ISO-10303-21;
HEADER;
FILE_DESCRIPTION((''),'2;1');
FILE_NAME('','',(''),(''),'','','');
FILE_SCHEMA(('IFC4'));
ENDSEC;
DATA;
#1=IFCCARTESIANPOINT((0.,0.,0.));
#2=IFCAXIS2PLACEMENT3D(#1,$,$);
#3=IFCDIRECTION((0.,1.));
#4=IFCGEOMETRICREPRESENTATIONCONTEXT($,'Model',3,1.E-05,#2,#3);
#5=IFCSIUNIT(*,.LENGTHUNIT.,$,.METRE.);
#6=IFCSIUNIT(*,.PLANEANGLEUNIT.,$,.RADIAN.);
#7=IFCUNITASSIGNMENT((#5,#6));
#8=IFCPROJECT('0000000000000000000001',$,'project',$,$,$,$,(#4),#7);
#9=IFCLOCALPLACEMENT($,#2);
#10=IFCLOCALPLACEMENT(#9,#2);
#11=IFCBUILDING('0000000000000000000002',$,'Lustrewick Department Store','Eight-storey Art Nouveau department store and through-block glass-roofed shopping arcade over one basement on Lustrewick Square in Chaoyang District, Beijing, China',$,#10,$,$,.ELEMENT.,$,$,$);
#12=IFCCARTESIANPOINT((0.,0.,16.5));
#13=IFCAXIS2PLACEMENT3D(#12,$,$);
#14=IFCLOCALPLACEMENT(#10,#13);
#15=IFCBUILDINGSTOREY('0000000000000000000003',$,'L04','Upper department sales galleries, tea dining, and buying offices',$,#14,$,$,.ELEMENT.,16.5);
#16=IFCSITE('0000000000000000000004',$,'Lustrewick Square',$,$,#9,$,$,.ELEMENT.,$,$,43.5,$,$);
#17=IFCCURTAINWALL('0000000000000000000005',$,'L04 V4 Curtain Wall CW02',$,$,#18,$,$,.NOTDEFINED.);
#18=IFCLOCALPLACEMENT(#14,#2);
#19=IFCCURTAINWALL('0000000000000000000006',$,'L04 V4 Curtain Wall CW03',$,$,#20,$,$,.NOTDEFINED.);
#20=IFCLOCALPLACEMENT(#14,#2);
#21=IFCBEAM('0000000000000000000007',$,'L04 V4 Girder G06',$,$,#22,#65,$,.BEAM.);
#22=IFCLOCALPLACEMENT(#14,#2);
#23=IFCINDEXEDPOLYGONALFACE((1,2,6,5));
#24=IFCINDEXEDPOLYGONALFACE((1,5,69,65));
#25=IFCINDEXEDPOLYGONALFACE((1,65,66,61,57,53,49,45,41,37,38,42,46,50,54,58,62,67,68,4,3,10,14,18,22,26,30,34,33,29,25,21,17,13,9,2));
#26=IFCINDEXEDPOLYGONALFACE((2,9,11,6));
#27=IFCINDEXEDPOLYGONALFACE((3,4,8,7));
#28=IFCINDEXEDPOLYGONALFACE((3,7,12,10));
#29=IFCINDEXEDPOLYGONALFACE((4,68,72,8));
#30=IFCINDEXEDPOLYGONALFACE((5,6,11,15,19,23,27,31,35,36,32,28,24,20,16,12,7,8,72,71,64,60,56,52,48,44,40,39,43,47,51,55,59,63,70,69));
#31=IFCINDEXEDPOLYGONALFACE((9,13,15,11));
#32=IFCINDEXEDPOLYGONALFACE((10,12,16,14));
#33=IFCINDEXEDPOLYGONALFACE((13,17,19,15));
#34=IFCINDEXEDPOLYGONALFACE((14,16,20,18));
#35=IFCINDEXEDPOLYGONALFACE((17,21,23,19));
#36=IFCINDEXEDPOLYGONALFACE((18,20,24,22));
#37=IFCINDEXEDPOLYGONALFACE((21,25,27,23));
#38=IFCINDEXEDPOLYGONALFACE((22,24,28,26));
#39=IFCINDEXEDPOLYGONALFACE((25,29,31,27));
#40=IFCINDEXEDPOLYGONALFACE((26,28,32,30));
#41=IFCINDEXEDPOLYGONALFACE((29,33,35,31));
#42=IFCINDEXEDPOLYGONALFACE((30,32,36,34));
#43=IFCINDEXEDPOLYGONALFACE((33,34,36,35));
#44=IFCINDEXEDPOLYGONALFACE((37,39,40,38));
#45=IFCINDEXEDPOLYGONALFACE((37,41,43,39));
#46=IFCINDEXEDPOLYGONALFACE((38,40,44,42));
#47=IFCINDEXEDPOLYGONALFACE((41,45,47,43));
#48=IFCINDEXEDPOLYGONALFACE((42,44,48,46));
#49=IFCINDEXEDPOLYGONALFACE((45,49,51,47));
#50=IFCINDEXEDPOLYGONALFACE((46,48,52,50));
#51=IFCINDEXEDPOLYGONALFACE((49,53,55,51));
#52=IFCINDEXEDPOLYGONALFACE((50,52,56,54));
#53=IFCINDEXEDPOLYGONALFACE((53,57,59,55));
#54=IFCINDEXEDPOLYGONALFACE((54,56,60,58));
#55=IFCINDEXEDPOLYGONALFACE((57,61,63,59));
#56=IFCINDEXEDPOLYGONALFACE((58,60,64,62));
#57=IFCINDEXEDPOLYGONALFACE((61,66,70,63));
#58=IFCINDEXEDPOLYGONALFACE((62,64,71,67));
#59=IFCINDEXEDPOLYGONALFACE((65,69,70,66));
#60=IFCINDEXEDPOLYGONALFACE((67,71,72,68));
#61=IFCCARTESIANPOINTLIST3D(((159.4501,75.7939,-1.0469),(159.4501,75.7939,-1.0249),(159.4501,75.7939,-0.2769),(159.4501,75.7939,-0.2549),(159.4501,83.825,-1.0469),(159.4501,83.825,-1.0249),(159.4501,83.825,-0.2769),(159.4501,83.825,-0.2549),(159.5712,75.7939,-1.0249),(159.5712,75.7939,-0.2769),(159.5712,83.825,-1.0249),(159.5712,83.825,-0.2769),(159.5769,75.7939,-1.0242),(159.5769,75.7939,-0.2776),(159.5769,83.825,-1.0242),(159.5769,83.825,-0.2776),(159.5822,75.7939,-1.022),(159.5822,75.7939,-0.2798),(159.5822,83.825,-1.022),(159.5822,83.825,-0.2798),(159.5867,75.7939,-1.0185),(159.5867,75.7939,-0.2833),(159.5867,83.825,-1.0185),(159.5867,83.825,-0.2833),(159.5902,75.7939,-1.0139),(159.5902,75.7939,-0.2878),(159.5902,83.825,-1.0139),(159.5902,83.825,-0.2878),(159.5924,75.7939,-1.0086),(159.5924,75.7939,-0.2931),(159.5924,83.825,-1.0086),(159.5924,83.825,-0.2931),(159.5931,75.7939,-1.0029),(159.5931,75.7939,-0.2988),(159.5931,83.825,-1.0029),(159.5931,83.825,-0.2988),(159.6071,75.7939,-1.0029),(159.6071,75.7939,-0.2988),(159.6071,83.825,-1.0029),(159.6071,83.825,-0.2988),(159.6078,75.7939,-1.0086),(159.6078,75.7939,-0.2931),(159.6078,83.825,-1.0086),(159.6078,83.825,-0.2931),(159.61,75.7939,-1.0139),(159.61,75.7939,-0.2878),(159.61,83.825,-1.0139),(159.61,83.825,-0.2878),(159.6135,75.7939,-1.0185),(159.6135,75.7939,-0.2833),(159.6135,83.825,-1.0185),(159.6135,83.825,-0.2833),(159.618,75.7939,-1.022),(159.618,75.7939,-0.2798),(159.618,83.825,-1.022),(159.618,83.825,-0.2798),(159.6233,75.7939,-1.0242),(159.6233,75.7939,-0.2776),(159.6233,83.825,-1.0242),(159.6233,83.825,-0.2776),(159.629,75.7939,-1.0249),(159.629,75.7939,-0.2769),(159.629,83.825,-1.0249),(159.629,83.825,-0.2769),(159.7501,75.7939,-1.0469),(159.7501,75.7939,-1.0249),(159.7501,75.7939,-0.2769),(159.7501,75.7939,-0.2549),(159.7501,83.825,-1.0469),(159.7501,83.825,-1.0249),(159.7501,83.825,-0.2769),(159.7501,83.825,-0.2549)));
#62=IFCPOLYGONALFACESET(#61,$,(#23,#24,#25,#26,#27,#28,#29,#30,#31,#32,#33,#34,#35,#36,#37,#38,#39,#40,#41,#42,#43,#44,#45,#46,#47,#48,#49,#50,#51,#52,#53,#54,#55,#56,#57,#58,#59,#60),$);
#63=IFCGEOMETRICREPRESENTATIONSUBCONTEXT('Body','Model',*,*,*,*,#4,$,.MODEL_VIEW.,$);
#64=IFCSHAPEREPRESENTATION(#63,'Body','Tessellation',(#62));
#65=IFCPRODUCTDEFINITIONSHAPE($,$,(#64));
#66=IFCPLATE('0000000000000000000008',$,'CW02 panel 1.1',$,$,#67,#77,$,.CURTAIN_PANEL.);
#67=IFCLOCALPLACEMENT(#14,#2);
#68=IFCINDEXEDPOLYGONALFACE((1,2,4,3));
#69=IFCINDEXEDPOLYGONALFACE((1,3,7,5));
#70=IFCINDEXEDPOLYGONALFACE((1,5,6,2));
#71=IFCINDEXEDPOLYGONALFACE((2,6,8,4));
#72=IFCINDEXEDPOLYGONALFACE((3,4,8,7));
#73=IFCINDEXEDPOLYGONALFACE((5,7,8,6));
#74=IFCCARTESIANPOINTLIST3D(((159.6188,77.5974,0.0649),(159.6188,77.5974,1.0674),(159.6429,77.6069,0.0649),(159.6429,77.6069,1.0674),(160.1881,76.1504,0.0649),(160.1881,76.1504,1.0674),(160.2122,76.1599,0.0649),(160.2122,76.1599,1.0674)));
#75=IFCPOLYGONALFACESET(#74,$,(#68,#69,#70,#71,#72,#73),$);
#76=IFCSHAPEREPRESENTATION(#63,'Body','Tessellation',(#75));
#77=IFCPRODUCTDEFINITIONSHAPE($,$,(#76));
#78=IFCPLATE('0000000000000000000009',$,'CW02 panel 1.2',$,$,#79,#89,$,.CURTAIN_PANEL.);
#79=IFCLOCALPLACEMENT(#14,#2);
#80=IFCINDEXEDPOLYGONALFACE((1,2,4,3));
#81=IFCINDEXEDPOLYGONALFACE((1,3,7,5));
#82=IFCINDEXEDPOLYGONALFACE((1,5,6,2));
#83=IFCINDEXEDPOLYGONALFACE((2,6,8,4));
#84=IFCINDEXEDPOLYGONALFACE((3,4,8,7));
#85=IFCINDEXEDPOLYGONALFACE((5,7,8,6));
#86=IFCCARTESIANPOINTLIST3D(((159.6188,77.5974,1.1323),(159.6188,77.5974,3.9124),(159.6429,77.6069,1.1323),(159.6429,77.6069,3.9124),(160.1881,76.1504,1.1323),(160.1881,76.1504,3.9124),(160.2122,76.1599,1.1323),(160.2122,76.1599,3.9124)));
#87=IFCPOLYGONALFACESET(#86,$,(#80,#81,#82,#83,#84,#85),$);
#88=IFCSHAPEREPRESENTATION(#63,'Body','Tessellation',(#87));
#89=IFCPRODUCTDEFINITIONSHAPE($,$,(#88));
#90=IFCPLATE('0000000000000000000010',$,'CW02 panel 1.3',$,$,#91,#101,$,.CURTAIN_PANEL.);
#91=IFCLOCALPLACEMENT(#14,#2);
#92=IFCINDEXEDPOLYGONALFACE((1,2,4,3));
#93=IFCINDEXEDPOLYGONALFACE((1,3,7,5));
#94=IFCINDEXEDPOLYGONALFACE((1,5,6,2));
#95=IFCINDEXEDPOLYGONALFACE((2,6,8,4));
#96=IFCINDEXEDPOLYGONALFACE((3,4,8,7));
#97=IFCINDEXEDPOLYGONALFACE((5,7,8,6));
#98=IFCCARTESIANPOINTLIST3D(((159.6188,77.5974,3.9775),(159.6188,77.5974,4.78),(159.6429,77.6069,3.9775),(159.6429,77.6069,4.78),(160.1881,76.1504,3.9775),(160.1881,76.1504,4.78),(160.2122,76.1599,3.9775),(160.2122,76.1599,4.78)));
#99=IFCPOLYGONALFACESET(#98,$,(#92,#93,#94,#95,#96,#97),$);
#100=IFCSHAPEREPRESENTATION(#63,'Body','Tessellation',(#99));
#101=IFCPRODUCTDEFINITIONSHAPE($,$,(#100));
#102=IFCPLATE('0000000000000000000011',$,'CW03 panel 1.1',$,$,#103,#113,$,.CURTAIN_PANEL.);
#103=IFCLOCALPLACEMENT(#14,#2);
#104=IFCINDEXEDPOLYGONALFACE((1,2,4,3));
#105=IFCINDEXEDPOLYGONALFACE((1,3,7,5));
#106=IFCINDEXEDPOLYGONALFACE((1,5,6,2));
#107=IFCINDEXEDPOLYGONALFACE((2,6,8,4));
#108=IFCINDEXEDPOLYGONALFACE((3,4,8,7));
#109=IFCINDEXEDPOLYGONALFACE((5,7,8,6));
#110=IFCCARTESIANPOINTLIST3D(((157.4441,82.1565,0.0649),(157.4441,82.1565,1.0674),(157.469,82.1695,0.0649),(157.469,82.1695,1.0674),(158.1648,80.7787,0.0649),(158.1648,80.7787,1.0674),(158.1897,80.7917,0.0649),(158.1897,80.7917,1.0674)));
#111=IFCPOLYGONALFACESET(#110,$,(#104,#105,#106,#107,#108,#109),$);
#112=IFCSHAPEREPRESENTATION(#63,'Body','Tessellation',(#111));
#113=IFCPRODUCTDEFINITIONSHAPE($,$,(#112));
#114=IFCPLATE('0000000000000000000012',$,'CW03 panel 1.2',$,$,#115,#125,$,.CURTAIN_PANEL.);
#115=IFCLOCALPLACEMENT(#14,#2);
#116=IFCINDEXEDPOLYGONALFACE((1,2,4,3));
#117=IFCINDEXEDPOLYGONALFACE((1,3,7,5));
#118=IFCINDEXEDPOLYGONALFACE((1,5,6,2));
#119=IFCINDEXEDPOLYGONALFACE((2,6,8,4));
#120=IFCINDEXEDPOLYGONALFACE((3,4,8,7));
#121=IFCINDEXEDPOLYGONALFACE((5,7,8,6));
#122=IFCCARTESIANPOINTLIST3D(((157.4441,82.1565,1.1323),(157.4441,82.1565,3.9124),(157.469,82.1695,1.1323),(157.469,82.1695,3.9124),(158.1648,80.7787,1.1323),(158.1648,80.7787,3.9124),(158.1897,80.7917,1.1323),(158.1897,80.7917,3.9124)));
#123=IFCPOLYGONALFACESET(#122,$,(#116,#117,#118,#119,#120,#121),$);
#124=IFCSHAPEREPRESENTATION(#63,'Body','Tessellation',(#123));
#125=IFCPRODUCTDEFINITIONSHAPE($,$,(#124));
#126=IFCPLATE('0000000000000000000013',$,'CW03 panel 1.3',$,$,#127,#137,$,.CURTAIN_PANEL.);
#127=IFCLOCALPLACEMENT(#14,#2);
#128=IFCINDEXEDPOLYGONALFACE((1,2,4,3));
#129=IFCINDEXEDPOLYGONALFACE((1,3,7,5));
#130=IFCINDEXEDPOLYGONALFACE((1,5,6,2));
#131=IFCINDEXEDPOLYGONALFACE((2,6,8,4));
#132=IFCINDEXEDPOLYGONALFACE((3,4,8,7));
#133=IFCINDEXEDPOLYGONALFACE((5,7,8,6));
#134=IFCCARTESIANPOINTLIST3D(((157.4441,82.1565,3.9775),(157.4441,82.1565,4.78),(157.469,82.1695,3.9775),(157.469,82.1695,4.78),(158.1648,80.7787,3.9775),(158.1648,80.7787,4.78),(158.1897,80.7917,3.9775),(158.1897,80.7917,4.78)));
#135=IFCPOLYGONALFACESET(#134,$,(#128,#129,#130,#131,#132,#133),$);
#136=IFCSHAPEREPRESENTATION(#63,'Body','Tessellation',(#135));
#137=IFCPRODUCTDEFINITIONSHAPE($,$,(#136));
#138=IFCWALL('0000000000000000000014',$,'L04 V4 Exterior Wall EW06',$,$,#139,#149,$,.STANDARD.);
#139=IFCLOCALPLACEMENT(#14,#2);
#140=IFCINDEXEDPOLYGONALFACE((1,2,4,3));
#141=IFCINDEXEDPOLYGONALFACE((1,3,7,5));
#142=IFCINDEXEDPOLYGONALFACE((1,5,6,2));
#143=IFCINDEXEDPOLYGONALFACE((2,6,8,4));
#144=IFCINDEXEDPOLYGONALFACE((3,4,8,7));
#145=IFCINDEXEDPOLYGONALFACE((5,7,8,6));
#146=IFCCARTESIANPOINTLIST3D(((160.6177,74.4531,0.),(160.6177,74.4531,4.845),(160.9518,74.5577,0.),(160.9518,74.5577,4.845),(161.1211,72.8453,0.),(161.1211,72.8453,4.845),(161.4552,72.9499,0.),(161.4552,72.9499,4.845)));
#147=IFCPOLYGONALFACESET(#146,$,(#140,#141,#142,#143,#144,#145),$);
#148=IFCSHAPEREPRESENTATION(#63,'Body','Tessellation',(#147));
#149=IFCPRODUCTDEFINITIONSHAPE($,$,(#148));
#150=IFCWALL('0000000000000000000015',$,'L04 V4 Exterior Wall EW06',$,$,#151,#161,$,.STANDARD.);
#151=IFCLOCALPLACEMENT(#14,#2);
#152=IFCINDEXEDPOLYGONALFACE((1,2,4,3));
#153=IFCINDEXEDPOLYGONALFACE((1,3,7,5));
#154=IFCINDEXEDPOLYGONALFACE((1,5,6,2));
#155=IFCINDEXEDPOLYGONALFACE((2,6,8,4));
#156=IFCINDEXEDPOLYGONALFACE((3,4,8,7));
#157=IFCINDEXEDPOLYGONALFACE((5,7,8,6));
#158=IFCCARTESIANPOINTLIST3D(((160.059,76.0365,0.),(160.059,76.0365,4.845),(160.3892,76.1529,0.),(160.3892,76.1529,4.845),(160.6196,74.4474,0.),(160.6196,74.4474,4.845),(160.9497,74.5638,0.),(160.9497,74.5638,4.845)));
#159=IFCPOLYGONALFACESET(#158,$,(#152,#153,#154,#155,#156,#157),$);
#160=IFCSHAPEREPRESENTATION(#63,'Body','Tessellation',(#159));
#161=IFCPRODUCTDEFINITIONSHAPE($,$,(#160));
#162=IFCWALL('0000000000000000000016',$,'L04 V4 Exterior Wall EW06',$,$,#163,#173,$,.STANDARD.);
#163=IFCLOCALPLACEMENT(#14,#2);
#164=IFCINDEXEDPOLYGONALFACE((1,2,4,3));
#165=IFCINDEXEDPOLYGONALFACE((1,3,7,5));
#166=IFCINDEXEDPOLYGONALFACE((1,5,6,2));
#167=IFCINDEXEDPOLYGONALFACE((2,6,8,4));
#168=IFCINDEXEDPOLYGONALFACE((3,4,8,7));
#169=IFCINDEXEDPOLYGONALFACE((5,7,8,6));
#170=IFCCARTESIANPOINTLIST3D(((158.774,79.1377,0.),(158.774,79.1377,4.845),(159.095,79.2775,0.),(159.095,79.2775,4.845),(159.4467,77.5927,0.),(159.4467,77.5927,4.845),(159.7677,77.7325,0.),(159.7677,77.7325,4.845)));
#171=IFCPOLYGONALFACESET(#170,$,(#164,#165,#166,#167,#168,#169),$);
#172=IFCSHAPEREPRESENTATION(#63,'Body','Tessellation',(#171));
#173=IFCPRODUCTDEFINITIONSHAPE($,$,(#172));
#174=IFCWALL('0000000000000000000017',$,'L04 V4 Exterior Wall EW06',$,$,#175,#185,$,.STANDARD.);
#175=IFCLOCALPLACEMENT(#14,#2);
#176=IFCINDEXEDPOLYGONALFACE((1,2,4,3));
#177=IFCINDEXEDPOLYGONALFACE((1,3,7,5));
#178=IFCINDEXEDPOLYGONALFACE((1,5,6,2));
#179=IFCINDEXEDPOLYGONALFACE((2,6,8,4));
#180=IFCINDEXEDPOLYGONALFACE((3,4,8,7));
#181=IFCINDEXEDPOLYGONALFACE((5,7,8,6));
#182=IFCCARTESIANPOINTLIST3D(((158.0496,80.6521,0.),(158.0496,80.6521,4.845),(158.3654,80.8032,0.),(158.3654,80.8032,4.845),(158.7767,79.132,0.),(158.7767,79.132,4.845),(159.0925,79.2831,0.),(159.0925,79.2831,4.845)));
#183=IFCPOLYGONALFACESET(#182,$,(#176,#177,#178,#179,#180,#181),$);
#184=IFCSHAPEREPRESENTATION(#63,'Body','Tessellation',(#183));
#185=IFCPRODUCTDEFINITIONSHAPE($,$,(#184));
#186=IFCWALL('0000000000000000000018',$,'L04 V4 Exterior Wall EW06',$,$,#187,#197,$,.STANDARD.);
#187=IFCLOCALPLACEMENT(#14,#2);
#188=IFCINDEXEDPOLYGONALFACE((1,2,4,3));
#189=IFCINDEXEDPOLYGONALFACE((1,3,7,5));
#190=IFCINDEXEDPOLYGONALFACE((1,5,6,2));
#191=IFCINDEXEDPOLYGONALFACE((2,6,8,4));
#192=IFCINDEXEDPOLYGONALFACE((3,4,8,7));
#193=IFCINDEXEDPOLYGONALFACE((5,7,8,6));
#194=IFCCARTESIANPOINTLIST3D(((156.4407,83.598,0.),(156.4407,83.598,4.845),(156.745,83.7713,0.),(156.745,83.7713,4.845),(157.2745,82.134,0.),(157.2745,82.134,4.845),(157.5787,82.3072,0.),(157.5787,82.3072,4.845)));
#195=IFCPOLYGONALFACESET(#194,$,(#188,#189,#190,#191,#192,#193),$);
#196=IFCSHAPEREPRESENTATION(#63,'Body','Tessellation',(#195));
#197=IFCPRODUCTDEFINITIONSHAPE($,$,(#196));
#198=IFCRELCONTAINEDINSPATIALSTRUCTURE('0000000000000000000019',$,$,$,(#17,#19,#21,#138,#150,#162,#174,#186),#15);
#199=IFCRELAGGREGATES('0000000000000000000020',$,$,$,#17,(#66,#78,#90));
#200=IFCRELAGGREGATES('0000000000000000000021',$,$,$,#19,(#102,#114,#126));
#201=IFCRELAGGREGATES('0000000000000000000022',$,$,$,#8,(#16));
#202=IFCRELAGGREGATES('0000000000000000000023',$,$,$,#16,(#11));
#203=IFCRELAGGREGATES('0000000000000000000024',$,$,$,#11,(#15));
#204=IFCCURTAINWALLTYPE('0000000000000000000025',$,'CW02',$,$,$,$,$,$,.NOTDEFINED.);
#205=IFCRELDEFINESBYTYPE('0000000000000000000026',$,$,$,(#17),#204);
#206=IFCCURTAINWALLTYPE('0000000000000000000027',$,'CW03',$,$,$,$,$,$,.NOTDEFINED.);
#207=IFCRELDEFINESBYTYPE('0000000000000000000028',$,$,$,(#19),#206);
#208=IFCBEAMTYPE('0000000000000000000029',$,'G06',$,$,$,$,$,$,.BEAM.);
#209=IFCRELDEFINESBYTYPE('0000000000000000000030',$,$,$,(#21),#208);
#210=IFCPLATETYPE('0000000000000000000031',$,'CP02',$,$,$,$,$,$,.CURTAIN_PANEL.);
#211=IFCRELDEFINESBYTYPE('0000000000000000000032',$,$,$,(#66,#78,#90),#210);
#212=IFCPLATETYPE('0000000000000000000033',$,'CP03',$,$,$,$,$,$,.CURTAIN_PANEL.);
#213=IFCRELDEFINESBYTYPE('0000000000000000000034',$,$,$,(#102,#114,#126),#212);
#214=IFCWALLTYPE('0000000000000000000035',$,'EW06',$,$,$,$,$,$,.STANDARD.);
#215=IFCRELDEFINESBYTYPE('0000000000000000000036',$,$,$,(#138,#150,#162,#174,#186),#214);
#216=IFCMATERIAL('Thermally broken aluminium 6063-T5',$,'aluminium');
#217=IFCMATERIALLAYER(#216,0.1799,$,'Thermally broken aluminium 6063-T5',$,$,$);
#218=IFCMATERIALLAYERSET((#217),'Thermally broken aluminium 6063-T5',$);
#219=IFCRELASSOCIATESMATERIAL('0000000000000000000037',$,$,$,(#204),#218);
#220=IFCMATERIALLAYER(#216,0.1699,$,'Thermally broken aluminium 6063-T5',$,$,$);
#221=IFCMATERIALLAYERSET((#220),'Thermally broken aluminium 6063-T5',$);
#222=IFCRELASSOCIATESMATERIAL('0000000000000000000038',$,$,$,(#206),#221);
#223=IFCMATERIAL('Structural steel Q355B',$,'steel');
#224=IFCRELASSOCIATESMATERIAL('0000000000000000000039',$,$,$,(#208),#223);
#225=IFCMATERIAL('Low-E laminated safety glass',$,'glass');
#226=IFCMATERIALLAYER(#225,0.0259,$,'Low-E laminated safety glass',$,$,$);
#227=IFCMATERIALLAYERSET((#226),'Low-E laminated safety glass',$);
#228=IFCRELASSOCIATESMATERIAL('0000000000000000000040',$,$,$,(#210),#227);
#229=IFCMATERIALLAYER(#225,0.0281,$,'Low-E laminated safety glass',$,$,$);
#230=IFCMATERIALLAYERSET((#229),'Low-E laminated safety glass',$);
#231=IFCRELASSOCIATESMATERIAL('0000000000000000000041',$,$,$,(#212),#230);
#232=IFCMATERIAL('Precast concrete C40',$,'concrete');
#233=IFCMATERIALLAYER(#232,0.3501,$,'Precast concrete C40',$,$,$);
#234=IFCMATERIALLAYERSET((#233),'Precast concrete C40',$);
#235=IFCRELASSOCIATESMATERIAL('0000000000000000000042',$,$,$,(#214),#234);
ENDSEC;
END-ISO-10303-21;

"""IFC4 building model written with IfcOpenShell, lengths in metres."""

from ifc_helpers import new_model, si_unit, direction, frame, frame_2d, origin, origin_2d, place, context, subcontext, project, spatial, rectangle, i_section, extrude, material, layer, layer_set, material_profile, profile_set, type_object, element, aggregate, save


model = new_model("IFC4")

# Units and contexts
model_context = context("Model", 3, precision=1e-05, world=origin(), true_north=direction((0.0, 1.0)))
body_context = subcontext(model_context, "Body", "Model", "MODEL_VIEW")
ifc_project = project(units=[si_unit("LENGTHUNIT", "METRE"), si_unit("PLANEANGLEUNIT", "RADIAN")], contexts=[model_context])

# Site, building, storey
site_placement = place(None, origin())
site = spatial("IfcSite", under=ifc_project, at=site_placement, Name="Lustrewick Square", CompositionType="ELEMENT", RefElevation=43.5)
building_placement = place(site_placement, origin())
building = spatial("IfcBuilding", under=site, at=building_placement, Name="Lustrewick Department Store", Description="Eight-storey Art Nouveau department store and through-block glass-roofed shopping arcade over one basement on Lustrewick Square in Chaoyang District, Beijing, China", CompositionType="ELEMENT")
storey_placement = place(building_placement, frame((0.0, 0.0, 16.5)))
storey = spatial("IfcBuildingStorey", under=building, at=storey_placement, Name="L04", Description="Upper department sales galleries, tea dining, and buying offices", CompositionType="ELEMENT", Elevation=16.5)

# Shared definitions
ifc_material_1 = material(Name="Structural steel Q355B", Category="steel")

# Curtain walls
ifc_material_2 = material(Name="Thermally broken aluminium 6063-T5", Category="aluminium")
ifc_layer_1 = layer(ifc_material_2, 0.1799, Name="Thermally broken aluminium 6063-T5")
ifc_layer_set_1 = layer_set([ifc_layer_1], Name="Thermally broken aluminium 6063-T5")
curtain_wall_type_1 = type_object("IfcCurtainWallType", Name="CW02", PredefinedType="NOTDEFINED", material=ifc_layer_set_1)
curtain_wall_1_placement = place(storey_placement, origin())
curtain_wall_1 = element("IfcCurtainWall", 1, at=curtain_wall_1_placement, inside=storey, type_object=curtain_wall_type_1, Name="L04 V4 Curtain Wall CW02", PredefinedType="NOTDEFINED")
ifc_layer_2 = layer(ifc_material_2, 0.1699, Name="Thermally broken aluminium 6063-T5")
ifc_layer_set_2 = layer_set([ifc_layer_2], Name="Thermally broken aluminium 6063-T5")
curtain_wall_type_2 = type_object("IfcCurtainWallType", Name="CW03", PredefinedType="NOTDEFINED", material=ifc_layer_set_2)
curtain_wall_2_placement = place(storey_placement, origin())
curtain_wall_2 = element("IfcCurtainWall", 2, at=curtain_wall_2_placement, inside=storey, type_object=curtain_wall_type_2, Name="L04 V4 Curtain Wall CW03", PredefinedType="NOTDEFINED")

# Beam
ifc_material_profile_1 = material_profile(ifc_material_1, i_section(OverallWidth=0.3, OverallDepth=0.792, WebThickness=0.0139, FlangeThickness=0.022, FilletRadius=0.022, at=origin_2d()), Name="HN 792x300x14x22")
ifc_profile_set_1 = profile_set([ifc_material_profile_1], Name="Structural steel Q355B")
beam_type_1 = type_object("IfcBeamType", Name="G06", PredefinedType="BEAM", material=ifc_profile_set_1)
beam_1_placement = place(storey_placement, frame((159.6001, 75.7939, -0.6509), z_axis=(0.0, 1.0, 0.0), x_axis=(-1.0, 0.0, 0.0)))
element("IfcBeam", 3, at=beam_1_placement, inside=storey, type_object=beam_type_1, Name="L04 V4 Girder G06", PredefinedType="BEAM", context=body_context, shape_type="SweptSolid", body=[
    extrude(i_section(OverallWidth=0.3, OverallDepth=0.792, WebThickness=0.0139, FlangeThickness=0.022, FilletRadius=0.022, at=origin_2d()), origin(), (0.0, 0.0, 1.0), 8.031),
])

# Plates
ifc_material_3 = material(Name="Low-E laminated safety glass", Category="glass")
ifc_layer_3 = layer(ifc_material_3, 0.0259, Name="Low-E laminated safety glass")
ifc_layer_set_3 = layer_set([ifc_layer_3], Name="Low-E laminated safety glass")
plate_type_1 = type_object("IfcPlateType", Name="CP02", PredefinedType="CURTAIN_PANEL", material=ifc_layer_set_3)
plate_1_placement = place(storey_placement, frame((159.9155, 76.8787, 0.0649), z_axis=(0.0, 0.0, 1.0), x_axis=(-0.366115, 0.93057, 0.0)))
plate_1 = element("IfcPlate", 4, at=plate_1_placement, type_object=plate_type_1, Name="CW02 panel 1.1", PredefinedType="CURTAIN_PANEL", context=body_context, shape_type="SweptSolid", body=[
    extrude(rectangle(XDim=1.5549, YDim=0.0259, at=origin_2d()), origin(), (0.0, 0.0, 1.0), 1.0024),
])
plate_2_placement = place(storey_placement, frame((159.9155, 76.8787, 1.1323), z_axis=(0.0, 0.0, 1.0), x_axis=(-0.366115, 0.93057, 0.0)))
plate_2 = element("IfcPlate", 5, at=plate_2_placement, type_object=plate_type_1, Name="CW02 panel 1.2", PredefinedType="CURTAIN_PANEL", context=body_context, shape_type="SweptSolid", body=[
    extrude(rectangle(XDim=1.5549, YDim=0.0259, at=origin_2d()), origin(), (0.0, 0.0, 1.0), 2.78),
])
plate_3_placement = place(storey_placement, frame((159.9155, 76.8787, 3.9775), z_axis=(0.0, 0.0, 1.0), x_axis=(-0.366115, 0.93057, 0.0)))
plate_3 = element("IfcPlate", 6, at=plate_3_placement, type_object=plate_type_1, Name="CW02 panel 1.3", PredefinedType="CURTAIN_PANEL", context=body_context, shape_type="SweptSolid", body=[
    extrude(rectangle(XDim=1.5549, YDim=0.0259, at=origin_2d()), origin(), (0.0, 0.0, 1.0), 0.8025),
])
aggregate(curtain_wall_1, [plate_1, plate_2, plate_3])
ifc_layer_4 = layer(ifc_material_3, 0.0281, Name="Low-E laminated safety glass")
ifc_layer_set_4 = layer_set([ifc_layer_4], Name="Low-E laminated safety glass")
plate_type_2 = type_object("IfcPlateType", Name="CP03", PredefinedType="CURTAIN_PANEL", material=ifc_layer_set_4)
plate_4_placement = place(storey_placement, frame((157.8169, 81.4741, 0.0649), z_axis=(0.0, 0.0, 1.0), x_axis=(-0.463495, 0.8861, 0.0)))
plate_4 = element("IfcPlate", 7, at=plate_4_placement, type_object=plate_type_2, Name="CW03 panel 1.1", PredefinedType="CURTAIN_PANEL", context=body_context, shape_type="SweptSolid", body=[
    extrude(rectangle(XDim=1.5549, YDim=0.0281, at=origin_2d()), origin(), (0.0, 0.0, 1.0), 1.0024),
])
plate_5_placement = place(storey_placement, frame((157.8169, 81.4741, 1.1323), z_axis=(0.0, 0.0, 1.0), x_axis=(-0.463495, 0.8861, 0.0)))
plate_5 = element("IfcPlate", 8, at=plate_5_placement, type_object=plate_type_2, Name="CW03 panel 1.2", PredefinedType="CURTAIN_PANEL", context=body_context, shape_type="SweptSolid", body=[
    extrude(rectangle(XDim=1.5549, YDim=0.0281, at=origin_2d()), origin(), (0.0, 0.0, 1.0), 2.78),
])
plate_6_placement = place(storey_placement, frame((157.8169, 81.4741, 3.9775), z_axis=(0.0, 0.0, 1.0), x_axis=(-0.463495, 0.8861, 0.0)))
plate_6 = element("IfcPlate", 9, at=plate_6_placement, type_object=plate_type_2, Name="CW03 panel 1.3", PredefinedType="CURTAIN_PANEL", context=body_context, shape_type="SweptSolid", body=[
    extrude(rectangle(XDim=1.5549, YDim=0.0281, at=origin_2d()), origin(), (0.0, 0.0, 1.0), 0.8025),
])
aggregate(curtain_wall_2, [plate_4, plate_5, plate_6])

# Walls
ifc_material_4 = material(Name="Precast concrete C40", Category="concrete")
ifc_layer_5 = layer(ifc_material_4, 0.3501, Name="Precast concrete C40")
ifc_layer_set_5 = layer_set([ifc_layer_5], Name="Precast concrete C40")
wall_type_1 = type_object("IfcWallType", Name="EW06", PredefinedType="STANDARD", material=ifc_layer_set_5)
wall_1_placement = place(storey_placement, frame((161.2881, 72.8977, 0.0), z_axis=(0.0, 0.0, 1.0), x_axis=(-0.298786, 0.95432, 0.0)))
element("IfcWall", 10, at=wall_1_placement, inside=storey, type_object=wall_type_1, Name="L04 V4 Exterior Wall EW06", PredefinedType="STANDARD", context=body_context, shape_type="SweptSolid", body=[
    extrude(rectangle(XDim=1.6848, YDim=0.3501, at=frame_2d((0.8423, 0.0))), origin(), (0.0, 0.0, 1.0), 4.845),
])
for number, where, z_axis, x_axis, name in (
    (11, (160.7847, 74.5056, 0.0), (0.0, 0.0, 1.0), (-0.332653, 0.943049, 0.0), "L04 V4 Exterior Wall EW06"),
    (12, (159.6072, 77.6626, 0.0), (0.0, 0.0, 1.0), (-0.399176, 0.916874, 0.0), "L04 V4 Exterior Wall EW06"),
    (13, (158.9346, 79.2075, 0.0), (0.0, 0.0, 1.0), (-0.431497, 0.902115, 0.0), "L04 V4 Exterior Wall EW06"),
):
    element("IfcWall", number, at=place(storey_placement, frame(where, z_axis=z_axis, x_axis=x_axis)), inside=storey, type_object=wall_type_1, Name=name, PredefinedType="STANDARD", context=body_context, shape_type="SweptSolid", body=[
        extrude(rectangle(XDim=1.6851, YDim=0.3501, at=frame_2d((0.8425, 0.0))), origin(), (0.0, 0.0, 1.0), 4.845),
    ])
for number, where, z_axis, x_axis, name in (
    (14, (157.4265, 82.2207, 0.0), (0.0, 0.0, 1.0), (-0.494843, 0.868982, 0.0), "L04 V4 Exterior Wall EW06"),
):
    element("IfcWall", number, at=place(storey_placement, frame(where, z_axis=z_axis, x_axis=x_axis)), inside=storey, type_object=wall_type_1, Name=name, PredefinedType="STANDARD", context=body_context, shape_type="SweptSolid", body=[
        extrude(rectangle(XDim=1.6848, YDim=0.3501, at=frame_2d((0.8423, 0.0))), origin(), (0.0, 0.0, 1.0), 4.845),
    ])

save(model, "model.ifc")
